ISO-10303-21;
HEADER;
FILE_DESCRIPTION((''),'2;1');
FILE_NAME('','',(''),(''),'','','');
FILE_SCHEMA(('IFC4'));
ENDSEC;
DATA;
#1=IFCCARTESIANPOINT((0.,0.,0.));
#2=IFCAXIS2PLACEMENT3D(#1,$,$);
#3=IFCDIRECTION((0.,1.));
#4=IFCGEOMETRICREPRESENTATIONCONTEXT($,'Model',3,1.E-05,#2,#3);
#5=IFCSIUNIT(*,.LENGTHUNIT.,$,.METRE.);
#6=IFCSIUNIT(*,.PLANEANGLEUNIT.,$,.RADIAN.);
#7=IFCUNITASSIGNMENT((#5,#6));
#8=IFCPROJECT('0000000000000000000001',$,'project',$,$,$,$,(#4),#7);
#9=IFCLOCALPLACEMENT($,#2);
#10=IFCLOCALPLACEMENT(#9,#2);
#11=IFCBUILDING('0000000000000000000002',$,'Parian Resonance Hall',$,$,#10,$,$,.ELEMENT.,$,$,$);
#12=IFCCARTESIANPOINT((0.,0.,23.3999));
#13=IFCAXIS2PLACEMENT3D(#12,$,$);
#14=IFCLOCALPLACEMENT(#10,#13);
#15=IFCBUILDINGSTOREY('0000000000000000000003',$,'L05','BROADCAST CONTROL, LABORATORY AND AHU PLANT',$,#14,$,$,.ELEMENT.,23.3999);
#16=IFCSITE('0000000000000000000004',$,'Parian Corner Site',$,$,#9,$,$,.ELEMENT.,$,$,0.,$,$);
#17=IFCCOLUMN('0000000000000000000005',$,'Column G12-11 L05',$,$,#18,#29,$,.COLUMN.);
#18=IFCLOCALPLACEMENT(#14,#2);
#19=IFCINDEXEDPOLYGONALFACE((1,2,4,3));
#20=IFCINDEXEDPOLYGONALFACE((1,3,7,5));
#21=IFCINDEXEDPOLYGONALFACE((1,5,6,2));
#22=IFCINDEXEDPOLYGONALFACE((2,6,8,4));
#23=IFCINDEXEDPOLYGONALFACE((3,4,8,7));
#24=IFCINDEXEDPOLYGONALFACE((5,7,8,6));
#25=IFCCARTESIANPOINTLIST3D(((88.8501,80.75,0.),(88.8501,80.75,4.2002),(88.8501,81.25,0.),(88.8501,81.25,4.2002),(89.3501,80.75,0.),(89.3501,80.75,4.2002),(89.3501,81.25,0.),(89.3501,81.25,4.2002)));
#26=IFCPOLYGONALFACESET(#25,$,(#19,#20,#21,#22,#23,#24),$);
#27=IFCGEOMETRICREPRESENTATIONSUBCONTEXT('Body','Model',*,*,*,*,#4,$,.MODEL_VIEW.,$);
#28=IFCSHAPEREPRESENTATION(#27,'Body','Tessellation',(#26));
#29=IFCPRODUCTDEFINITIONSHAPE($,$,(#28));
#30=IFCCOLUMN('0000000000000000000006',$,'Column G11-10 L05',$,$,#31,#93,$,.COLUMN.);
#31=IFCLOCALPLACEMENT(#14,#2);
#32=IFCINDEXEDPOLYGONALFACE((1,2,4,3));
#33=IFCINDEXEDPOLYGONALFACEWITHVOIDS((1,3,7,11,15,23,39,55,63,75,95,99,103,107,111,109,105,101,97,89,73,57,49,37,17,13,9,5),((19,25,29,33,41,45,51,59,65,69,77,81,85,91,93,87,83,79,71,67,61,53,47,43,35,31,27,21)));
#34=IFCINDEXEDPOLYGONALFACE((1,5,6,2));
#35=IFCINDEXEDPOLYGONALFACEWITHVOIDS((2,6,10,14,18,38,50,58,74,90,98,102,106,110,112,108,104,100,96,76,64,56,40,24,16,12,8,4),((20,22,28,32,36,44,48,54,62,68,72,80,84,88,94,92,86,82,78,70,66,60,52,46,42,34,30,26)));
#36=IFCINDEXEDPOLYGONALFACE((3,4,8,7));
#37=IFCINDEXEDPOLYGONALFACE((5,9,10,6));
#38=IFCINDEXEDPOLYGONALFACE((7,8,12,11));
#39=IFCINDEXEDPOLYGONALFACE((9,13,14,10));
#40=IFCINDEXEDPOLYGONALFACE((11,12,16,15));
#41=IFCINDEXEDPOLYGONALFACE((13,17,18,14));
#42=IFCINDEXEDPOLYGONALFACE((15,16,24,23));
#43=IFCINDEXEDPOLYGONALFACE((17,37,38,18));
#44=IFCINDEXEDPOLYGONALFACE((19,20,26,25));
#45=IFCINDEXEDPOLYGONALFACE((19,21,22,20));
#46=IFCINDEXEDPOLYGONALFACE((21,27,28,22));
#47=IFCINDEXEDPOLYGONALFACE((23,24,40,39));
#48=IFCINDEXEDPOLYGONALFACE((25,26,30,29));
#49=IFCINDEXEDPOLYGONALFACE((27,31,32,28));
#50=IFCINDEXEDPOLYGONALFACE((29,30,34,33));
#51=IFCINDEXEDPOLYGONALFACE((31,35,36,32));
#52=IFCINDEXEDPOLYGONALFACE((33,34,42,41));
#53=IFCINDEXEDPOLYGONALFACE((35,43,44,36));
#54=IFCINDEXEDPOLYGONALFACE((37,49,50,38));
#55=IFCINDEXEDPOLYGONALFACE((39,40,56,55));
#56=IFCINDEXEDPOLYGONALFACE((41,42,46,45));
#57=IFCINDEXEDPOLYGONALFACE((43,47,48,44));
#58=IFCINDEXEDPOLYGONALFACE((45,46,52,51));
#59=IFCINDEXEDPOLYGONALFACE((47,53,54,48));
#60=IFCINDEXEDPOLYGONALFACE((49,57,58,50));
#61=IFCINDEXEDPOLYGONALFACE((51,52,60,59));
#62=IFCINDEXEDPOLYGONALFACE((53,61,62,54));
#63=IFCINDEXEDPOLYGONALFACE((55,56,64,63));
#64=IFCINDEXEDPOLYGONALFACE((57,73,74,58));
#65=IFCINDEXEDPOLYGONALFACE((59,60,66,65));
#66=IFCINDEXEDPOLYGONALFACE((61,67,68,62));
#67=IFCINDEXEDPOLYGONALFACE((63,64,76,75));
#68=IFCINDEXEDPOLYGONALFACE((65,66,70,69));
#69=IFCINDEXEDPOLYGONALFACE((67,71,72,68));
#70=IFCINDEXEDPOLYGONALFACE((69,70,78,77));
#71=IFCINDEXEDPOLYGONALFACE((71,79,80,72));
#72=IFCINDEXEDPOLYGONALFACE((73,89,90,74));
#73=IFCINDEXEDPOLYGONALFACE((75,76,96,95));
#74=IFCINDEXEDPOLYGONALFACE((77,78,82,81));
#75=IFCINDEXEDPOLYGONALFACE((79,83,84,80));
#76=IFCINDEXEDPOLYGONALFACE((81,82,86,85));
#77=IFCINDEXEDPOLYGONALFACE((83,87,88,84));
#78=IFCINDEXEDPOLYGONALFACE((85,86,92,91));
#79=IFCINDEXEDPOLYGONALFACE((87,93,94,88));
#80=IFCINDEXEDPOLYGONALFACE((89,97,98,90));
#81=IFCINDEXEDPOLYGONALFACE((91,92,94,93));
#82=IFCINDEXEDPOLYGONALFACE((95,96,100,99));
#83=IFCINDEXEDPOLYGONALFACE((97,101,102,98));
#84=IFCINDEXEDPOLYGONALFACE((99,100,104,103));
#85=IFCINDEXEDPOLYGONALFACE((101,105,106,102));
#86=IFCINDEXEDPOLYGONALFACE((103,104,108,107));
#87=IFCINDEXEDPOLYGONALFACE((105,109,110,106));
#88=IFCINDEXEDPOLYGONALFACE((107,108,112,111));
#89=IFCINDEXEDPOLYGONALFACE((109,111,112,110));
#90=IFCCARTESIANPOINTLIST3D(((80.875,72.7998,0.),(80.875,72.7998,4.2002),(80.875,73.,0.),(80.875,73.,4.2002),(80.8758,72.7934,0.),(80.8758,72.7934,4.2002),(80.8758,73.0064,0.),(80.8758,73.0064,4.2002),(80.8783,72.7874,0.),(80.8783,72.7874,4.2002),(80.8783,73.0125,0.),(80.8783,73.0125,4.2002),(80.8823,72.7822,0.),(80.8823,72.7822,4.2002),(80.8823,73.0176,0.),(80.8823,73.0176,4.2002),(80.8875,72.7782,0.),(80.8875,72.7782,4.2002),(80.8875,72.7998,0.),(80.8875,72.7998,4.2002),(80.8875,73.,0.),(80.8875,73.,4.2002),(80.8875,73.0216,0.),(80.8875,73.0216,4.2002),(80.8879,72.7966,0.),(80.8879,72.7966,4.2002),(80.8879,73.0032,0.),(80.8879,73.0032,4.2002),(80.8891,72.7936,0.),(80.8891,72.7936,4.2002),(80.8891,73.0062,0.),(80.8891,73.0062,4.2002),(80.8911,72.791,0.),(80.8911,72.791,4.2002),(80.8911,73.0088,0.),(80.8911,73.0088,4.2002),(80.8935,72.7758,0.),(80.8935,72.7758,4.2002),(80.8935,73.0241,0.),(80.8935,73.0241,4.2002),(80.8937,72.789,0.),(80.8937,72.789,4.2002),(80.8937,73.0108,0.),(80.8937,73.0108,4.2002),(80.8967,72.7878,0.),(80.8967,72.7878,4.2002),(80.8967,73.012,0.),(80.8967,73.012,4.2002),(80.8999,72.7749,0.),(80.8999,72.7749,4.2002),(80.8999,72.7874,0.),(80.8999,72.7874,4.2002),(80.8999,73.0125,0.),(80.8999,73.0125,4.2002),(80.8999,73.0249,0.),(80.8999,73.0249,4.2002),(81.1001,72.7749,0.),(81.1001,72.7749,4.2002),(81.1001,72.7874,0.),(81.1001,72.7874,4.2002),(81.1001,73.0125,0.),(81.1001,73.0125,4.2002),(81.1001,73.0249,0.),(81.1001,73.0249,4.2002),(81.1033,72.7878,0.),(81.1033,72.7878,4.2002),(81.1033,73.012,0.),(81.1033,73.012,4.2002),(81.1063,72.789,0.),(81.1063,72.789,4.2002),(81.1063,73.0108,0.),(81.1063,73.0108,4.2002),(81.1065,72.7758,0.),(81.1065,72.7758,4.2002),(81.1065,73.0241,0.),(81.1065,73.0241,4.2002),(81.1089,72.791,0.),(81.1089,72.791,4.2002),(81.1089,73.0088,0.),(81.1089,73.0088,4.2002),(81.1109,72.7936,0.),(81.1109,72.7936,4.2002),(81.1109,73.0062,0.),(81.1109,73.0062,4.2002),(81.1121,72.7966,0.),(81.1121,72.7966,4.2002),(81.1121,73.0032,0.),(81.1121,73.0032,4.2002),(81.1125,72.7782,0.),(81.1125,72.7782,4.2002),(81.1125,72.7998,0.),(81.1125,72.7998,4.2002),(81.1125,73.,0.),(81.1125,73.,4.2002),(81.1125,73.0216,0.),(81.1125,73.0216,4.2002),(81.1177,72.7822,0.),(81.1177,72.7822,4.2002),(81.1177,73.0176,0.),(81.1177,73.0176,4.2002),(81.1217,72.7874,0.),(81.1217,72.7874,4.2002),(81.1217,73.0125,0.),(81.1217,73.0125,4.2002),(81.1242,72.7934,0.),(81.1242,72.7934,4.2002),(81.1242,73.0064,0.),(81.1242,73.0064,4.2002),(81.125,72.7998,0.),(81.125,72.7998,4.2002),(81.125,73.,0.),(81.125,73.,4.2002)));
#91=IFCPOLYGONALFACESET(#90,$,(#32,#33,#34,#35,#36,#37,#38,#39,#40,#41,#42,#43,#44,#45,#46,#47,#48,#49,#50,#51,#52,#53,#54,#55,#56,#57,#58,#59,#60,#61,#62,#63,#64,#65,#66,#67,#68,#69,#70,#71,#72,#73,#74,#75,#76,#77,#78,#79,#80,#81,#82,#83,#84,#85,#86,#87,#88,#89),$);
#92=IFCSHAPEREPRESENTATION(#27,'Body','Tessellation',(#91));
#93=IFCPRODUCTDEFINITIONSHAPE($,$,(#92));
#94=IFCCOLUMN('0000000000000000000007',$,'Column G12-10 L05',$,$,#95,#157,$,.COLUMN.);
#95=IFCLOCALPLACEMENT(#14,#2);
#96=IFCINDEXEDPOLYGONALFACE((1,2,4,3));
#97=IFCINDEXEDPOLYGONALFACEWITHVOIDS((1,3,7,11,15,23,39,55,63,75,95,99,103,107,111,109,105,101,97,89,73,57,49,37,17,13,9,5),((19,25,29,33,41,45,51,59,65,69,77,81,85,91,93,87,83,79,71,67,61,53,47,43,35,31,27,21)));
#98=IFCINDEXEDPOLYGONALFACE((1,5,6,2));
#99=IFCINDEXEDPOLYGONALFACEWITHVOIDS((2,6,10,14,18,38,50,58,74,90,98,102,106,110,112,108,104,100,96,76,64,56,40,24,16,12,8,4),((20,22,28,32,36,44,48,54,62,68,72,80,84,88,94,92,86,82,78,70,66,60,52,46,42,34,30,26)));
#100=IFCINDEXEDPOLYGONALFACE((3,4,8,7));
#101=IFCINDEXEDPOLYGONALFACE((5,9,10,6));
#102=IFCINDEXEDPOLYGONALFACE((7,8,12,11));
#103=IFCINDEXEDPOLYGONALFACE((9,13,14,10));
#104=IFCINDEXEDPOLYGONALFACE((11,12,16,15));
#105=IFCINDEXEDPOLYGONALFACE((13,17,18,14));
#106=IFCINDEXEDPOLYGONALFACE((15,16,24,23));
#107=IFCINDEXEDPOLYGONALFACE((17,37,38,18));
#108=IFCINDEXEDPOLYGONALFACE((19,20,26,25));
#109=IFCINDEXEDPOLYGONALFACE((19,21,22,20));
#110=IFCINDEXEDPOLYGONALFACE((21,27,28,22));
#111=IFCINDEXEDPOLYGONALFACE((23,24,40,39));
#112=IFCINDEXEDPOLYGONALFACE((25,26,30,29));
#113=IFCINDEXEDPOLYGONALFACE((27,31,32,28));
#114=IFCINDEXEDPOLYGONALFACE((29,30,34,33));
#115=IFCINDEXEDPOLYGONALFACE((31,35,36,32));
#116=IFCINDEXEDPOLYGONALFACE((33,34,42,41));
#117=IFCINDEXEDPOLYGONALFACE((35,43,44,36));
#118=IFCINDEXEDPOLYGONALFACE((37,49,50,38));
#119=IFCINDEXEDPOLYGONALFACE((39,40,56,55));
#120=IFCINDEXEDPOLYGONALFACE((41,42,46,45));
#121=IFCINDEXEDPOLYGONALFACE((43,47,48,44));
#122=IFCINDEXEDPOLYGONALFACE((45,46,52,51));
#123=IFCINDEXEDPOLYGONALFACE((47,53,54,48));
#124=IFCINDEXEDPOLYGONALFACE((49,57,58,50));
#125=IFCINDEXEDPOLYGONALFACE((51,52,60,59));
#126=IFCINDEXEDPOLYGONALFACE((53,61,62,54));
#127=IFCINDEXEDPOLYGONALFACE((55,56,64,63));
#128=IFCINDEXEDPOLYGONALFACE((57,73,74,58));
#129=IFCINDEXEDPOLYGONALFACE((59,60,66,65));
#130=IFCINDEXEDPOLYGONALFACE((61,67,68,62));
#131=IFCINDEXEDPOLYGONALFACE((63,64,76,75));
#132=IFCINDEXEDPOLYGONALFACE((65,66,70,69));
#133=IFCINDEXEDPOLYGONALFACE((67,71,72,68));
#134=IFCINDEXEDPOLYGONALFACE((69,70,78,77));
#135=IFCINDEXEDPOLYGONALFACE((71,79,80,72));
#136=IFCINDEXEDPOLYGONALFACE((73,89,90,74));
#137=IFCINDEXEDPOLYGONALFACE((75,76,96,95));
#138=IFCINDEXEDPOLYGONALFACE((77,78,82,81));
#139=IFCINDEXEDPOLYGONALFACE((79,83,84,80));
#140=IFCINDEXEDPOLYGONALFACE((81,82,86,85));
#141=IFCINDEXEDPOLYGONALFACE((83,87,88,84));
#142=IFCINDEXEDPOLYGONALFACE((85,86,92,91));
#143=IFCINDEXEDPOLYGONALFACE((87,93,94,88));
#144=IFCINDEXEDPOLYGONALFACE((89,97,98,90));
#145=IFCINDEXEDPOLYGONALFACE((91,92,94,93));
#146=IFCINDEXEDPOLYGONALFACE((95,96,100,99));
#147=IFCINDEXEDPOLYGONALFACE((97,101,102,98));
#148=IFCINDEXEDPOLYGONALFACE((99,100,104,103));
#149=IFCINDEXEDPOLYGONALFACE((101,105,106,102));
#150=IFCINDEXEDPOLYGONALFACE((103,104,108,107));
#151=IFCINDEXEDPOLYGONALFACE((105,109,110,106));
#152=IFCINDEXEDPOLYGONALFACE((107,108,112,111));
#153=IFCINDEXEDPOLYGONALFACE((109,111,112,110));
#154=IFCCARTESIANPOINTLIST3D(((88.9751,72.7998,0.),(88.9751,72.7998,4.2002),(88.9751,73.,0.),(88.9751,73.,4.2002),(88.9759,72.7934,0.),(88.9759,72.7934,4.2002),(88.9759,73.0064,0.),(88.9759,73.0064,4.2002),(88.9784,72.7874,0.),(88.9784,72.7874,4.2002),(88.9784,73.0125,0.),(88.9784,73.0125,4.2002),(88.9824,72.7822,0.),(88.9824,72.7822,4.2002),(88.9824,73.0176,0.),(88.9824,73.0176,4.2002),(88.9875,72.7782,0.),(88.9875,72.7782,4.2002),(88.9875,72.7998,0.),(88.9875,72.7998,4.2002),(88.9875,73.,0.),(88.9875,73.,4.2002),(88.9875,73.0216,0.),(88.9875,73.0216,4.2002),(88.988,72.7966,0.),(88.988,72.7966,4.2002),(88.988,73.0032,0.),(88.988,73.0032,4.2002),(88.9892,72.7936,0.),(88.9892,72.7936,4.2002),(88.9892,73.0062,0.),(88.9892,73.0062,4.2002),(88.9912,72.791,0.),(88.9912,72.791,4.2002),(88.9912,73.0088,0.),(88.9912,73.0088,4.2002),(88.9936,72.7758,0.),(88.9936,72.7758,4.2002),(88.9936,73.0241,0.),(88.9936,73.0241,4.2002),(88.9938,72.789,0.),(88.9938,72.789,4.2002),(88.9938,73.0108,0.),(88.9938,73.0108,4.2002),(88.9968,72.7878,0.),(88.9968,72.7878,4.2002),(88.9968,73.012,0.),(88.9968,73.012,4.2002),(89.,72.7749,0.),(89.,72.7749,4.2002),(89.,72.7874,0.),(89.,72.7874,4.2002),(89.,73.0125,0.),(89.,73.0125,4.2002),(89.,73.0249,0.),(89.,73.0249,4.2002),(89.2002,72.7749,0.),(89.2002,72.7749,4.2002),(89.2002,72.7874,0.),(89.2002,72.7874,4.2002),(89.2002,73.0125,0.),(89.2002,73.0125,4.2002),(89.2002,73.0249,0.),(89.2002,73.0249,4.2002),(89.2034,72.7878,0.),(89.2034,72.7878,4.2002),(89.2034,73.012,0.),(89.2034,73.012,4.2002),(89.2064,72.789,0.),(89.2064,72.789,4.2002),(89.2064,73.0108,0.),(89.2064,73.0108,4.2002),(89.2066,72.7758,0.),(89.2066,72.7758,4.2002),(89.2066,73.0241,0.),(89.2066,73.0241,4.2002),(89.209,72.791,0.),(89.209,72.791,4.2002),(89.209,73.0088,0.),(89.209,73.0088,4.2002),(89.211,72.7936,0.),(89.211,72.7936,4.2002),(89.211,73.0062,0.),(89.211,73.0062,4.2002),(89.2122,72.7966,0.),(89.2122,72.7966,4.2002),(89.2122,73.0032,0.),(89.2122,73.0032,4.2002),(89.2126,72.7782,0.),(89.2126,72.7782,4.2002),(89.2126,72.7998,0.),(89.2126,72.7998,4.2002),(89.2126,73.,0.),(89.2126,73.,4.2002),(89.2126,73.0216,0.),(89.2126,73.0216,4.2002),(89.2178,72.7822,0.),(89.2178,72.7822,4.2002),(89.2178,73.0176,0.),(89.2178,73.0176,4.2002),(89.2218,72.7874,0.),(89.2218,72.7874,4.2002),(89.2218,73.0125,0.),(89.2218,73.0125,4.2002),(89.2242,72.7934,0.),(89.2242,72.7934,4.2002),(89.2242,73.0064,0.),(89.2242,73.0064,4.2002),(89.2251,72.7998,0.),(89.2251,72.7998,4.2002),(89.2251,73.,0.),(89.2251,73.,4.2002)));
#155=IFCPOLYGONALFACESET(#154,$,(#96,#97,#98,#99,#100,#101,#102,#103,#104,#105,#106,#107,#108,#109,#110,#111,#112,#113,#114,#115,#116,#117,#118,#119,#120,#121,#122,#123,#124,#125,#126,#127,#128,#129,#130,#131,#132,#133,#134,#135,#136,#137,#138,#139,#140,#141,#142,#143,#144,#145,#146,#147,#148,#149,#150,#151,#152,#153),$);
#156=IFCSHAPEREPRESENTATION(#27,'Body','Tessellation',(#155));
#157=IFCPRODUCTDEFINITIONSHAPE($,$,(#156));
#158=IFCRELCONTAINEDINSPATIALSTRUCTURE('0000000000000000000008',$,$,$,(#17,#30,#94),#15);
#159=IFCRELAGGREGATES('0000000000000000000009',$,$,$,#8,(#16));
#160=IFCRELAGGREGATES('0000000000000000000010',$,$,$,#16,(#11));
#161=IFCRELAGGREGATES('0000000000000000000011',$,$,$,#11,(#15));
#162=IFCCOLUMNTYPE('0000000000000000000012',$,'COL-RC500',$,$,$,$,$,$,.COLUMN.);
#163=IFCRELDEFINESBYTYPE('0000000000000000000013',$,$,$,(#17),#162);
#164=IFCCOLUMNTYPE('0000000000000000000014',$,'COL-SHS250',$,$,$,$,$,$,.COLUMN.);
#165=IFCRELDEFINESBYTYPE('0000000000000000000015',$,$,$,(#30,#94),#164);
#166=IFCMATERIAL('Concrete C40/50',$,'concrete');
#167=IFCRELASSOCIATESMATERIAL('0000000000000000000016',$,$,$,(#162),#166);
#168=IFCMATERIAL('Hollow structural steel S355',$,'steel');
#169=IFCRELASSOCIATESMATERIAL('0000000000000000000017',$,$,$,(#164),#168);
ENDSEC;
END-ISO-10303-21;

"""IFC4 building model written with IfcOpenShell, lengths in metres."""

from ifc_helpers import new_model, si_unit, direction, frame, origin, origin_2d, place, context, subcontext, project, spatial, rectangle, hollow_rectangle, extrude, material, material_profile, profile_set, type_object, element, save


model = new_model("IFC4")

# Units and contexts
model_context = context("Model", 3, precision=1e-05, world=origin(), true_north=direction((0.0, 1.0)))
body_context = subcontext(model_context, "Body", "Model", "MODEL_VIEW")
ifc_project = project(units=[si_unit("LENGTHUNIT", "METRE"), si_unit("PLANEANGLEUNIT", "RADIAN")], contexts=[model_context])

# Site, building, storey
site_placement = place(None, origin())
site = spatial("IfcSite", under=ifc_project, at=site_placement, Name="Parian Corner Site", CompositionType="ELEMENT", RefElevation=0.0)
building_placement = place(site_placement, origin())
building = spatial("IfcBuilding", under=site, at=building_placement, Name="Parian Resonance Hall", CompositionType="ELEMENT")
storey_placement = place(building_placement, frame((0.0, 0.0, 23.3999)))
storey = spatial("IfcBuildingStorey", under=building, at=storey_placement, Name="L05", Description="BROADCAST CONTROL, LABORATORY AND AHU PLANT", CompositionType="ELEMENT", Elevation=23.3999)

# Columns
ifc_material_1 = material(Name="Concrete C40/50", Category="concrete")
ifc_material_profile_1 = material_profile(ifc_material_1, rectangle(XDim=0.5, YDim=0.5, at=origin_2d()), Name="RC-COL-500x500")
ifc_profile_set_1 = profile_set([ifc_material_profile_1], Name="Concrete C40/50")
column_type_1 = type_object("IfcColumnType", Name="COL-RC500", PredefinedType="COLUMN", material=ifc_profile_set_1)
column_1_placement = place(storey_placement, frame((89.1001, 81.0, 0.0), z_axis=(0.0, 0.0, 1.0), x_axis=(1.0, 0.0, 0.0)))
element("IfcColumn", 1, at=column_1_placement, inside=storey, type_object=column_type_1, Name="Column G12-11 L05", PredefinedType="COLUMN", context=body_context, shape_type="SweptSolid", body=[
    extrude(rectangle(XDim=0.5, YDim=0.5, at=origin_2d()), origin(), (0.0, 0.0, 1.0), 4.2002),
])
ifc_material_2 = material(Name="Hollow structural steel S355", Category="steel")
ifc_material_profile_2 = material_profile(ifc_material_2, hollow_rectangle(XDim=0.25, YDim=0.25, WallThickness=0.0125, InnerFilletRadius=0.0125, OuterFilletRadius=0.0249, at=origin_2d()), Name="SHS250x250x12.5")
ifc_profile_set_2 = profile_set([ifc_material_profile_2], Name="Hollow structural steel S355")
column_type_2 = type_object("IfcColumnType", Name="COL-SHS250", PredefinedType="COLUMN", material=ifc_profile_set_2)
for number, where, z_axis, x_axis, name in (
    (2, (81.0, 72.8999, 0.0), (0.0, 0.0, 1.0), (1.0, 0.0, 0.0), "Column G11-10 L05"),
    (3, (89.1001, 72.8999, 0.0), (0.0, 0.0, 1.0), (1.0, 0.0, 0.0), "Column G12-10 L05"),
):
    element("IfcColumn", number, at=place(storey_placement, frame(where, z_axis=z_axis, x_axis=x_axis)), inside=storey, type_object=column_type_2, Name=name, PredefinedType="COLUMN", context=body_context, shape_type="SweptSolid", body=[
        extrude(hollow_rectangle(XDim=0.25, YDim=0.25, WallThickness=0.0125, InnerFilletRadius=0.0125, OuterFilletRadius=0.0249, at=origin_2d()), origin(), (0.0, 0.0, 1.0), 4.2002),
    ])

save(model, "model.ifc")
